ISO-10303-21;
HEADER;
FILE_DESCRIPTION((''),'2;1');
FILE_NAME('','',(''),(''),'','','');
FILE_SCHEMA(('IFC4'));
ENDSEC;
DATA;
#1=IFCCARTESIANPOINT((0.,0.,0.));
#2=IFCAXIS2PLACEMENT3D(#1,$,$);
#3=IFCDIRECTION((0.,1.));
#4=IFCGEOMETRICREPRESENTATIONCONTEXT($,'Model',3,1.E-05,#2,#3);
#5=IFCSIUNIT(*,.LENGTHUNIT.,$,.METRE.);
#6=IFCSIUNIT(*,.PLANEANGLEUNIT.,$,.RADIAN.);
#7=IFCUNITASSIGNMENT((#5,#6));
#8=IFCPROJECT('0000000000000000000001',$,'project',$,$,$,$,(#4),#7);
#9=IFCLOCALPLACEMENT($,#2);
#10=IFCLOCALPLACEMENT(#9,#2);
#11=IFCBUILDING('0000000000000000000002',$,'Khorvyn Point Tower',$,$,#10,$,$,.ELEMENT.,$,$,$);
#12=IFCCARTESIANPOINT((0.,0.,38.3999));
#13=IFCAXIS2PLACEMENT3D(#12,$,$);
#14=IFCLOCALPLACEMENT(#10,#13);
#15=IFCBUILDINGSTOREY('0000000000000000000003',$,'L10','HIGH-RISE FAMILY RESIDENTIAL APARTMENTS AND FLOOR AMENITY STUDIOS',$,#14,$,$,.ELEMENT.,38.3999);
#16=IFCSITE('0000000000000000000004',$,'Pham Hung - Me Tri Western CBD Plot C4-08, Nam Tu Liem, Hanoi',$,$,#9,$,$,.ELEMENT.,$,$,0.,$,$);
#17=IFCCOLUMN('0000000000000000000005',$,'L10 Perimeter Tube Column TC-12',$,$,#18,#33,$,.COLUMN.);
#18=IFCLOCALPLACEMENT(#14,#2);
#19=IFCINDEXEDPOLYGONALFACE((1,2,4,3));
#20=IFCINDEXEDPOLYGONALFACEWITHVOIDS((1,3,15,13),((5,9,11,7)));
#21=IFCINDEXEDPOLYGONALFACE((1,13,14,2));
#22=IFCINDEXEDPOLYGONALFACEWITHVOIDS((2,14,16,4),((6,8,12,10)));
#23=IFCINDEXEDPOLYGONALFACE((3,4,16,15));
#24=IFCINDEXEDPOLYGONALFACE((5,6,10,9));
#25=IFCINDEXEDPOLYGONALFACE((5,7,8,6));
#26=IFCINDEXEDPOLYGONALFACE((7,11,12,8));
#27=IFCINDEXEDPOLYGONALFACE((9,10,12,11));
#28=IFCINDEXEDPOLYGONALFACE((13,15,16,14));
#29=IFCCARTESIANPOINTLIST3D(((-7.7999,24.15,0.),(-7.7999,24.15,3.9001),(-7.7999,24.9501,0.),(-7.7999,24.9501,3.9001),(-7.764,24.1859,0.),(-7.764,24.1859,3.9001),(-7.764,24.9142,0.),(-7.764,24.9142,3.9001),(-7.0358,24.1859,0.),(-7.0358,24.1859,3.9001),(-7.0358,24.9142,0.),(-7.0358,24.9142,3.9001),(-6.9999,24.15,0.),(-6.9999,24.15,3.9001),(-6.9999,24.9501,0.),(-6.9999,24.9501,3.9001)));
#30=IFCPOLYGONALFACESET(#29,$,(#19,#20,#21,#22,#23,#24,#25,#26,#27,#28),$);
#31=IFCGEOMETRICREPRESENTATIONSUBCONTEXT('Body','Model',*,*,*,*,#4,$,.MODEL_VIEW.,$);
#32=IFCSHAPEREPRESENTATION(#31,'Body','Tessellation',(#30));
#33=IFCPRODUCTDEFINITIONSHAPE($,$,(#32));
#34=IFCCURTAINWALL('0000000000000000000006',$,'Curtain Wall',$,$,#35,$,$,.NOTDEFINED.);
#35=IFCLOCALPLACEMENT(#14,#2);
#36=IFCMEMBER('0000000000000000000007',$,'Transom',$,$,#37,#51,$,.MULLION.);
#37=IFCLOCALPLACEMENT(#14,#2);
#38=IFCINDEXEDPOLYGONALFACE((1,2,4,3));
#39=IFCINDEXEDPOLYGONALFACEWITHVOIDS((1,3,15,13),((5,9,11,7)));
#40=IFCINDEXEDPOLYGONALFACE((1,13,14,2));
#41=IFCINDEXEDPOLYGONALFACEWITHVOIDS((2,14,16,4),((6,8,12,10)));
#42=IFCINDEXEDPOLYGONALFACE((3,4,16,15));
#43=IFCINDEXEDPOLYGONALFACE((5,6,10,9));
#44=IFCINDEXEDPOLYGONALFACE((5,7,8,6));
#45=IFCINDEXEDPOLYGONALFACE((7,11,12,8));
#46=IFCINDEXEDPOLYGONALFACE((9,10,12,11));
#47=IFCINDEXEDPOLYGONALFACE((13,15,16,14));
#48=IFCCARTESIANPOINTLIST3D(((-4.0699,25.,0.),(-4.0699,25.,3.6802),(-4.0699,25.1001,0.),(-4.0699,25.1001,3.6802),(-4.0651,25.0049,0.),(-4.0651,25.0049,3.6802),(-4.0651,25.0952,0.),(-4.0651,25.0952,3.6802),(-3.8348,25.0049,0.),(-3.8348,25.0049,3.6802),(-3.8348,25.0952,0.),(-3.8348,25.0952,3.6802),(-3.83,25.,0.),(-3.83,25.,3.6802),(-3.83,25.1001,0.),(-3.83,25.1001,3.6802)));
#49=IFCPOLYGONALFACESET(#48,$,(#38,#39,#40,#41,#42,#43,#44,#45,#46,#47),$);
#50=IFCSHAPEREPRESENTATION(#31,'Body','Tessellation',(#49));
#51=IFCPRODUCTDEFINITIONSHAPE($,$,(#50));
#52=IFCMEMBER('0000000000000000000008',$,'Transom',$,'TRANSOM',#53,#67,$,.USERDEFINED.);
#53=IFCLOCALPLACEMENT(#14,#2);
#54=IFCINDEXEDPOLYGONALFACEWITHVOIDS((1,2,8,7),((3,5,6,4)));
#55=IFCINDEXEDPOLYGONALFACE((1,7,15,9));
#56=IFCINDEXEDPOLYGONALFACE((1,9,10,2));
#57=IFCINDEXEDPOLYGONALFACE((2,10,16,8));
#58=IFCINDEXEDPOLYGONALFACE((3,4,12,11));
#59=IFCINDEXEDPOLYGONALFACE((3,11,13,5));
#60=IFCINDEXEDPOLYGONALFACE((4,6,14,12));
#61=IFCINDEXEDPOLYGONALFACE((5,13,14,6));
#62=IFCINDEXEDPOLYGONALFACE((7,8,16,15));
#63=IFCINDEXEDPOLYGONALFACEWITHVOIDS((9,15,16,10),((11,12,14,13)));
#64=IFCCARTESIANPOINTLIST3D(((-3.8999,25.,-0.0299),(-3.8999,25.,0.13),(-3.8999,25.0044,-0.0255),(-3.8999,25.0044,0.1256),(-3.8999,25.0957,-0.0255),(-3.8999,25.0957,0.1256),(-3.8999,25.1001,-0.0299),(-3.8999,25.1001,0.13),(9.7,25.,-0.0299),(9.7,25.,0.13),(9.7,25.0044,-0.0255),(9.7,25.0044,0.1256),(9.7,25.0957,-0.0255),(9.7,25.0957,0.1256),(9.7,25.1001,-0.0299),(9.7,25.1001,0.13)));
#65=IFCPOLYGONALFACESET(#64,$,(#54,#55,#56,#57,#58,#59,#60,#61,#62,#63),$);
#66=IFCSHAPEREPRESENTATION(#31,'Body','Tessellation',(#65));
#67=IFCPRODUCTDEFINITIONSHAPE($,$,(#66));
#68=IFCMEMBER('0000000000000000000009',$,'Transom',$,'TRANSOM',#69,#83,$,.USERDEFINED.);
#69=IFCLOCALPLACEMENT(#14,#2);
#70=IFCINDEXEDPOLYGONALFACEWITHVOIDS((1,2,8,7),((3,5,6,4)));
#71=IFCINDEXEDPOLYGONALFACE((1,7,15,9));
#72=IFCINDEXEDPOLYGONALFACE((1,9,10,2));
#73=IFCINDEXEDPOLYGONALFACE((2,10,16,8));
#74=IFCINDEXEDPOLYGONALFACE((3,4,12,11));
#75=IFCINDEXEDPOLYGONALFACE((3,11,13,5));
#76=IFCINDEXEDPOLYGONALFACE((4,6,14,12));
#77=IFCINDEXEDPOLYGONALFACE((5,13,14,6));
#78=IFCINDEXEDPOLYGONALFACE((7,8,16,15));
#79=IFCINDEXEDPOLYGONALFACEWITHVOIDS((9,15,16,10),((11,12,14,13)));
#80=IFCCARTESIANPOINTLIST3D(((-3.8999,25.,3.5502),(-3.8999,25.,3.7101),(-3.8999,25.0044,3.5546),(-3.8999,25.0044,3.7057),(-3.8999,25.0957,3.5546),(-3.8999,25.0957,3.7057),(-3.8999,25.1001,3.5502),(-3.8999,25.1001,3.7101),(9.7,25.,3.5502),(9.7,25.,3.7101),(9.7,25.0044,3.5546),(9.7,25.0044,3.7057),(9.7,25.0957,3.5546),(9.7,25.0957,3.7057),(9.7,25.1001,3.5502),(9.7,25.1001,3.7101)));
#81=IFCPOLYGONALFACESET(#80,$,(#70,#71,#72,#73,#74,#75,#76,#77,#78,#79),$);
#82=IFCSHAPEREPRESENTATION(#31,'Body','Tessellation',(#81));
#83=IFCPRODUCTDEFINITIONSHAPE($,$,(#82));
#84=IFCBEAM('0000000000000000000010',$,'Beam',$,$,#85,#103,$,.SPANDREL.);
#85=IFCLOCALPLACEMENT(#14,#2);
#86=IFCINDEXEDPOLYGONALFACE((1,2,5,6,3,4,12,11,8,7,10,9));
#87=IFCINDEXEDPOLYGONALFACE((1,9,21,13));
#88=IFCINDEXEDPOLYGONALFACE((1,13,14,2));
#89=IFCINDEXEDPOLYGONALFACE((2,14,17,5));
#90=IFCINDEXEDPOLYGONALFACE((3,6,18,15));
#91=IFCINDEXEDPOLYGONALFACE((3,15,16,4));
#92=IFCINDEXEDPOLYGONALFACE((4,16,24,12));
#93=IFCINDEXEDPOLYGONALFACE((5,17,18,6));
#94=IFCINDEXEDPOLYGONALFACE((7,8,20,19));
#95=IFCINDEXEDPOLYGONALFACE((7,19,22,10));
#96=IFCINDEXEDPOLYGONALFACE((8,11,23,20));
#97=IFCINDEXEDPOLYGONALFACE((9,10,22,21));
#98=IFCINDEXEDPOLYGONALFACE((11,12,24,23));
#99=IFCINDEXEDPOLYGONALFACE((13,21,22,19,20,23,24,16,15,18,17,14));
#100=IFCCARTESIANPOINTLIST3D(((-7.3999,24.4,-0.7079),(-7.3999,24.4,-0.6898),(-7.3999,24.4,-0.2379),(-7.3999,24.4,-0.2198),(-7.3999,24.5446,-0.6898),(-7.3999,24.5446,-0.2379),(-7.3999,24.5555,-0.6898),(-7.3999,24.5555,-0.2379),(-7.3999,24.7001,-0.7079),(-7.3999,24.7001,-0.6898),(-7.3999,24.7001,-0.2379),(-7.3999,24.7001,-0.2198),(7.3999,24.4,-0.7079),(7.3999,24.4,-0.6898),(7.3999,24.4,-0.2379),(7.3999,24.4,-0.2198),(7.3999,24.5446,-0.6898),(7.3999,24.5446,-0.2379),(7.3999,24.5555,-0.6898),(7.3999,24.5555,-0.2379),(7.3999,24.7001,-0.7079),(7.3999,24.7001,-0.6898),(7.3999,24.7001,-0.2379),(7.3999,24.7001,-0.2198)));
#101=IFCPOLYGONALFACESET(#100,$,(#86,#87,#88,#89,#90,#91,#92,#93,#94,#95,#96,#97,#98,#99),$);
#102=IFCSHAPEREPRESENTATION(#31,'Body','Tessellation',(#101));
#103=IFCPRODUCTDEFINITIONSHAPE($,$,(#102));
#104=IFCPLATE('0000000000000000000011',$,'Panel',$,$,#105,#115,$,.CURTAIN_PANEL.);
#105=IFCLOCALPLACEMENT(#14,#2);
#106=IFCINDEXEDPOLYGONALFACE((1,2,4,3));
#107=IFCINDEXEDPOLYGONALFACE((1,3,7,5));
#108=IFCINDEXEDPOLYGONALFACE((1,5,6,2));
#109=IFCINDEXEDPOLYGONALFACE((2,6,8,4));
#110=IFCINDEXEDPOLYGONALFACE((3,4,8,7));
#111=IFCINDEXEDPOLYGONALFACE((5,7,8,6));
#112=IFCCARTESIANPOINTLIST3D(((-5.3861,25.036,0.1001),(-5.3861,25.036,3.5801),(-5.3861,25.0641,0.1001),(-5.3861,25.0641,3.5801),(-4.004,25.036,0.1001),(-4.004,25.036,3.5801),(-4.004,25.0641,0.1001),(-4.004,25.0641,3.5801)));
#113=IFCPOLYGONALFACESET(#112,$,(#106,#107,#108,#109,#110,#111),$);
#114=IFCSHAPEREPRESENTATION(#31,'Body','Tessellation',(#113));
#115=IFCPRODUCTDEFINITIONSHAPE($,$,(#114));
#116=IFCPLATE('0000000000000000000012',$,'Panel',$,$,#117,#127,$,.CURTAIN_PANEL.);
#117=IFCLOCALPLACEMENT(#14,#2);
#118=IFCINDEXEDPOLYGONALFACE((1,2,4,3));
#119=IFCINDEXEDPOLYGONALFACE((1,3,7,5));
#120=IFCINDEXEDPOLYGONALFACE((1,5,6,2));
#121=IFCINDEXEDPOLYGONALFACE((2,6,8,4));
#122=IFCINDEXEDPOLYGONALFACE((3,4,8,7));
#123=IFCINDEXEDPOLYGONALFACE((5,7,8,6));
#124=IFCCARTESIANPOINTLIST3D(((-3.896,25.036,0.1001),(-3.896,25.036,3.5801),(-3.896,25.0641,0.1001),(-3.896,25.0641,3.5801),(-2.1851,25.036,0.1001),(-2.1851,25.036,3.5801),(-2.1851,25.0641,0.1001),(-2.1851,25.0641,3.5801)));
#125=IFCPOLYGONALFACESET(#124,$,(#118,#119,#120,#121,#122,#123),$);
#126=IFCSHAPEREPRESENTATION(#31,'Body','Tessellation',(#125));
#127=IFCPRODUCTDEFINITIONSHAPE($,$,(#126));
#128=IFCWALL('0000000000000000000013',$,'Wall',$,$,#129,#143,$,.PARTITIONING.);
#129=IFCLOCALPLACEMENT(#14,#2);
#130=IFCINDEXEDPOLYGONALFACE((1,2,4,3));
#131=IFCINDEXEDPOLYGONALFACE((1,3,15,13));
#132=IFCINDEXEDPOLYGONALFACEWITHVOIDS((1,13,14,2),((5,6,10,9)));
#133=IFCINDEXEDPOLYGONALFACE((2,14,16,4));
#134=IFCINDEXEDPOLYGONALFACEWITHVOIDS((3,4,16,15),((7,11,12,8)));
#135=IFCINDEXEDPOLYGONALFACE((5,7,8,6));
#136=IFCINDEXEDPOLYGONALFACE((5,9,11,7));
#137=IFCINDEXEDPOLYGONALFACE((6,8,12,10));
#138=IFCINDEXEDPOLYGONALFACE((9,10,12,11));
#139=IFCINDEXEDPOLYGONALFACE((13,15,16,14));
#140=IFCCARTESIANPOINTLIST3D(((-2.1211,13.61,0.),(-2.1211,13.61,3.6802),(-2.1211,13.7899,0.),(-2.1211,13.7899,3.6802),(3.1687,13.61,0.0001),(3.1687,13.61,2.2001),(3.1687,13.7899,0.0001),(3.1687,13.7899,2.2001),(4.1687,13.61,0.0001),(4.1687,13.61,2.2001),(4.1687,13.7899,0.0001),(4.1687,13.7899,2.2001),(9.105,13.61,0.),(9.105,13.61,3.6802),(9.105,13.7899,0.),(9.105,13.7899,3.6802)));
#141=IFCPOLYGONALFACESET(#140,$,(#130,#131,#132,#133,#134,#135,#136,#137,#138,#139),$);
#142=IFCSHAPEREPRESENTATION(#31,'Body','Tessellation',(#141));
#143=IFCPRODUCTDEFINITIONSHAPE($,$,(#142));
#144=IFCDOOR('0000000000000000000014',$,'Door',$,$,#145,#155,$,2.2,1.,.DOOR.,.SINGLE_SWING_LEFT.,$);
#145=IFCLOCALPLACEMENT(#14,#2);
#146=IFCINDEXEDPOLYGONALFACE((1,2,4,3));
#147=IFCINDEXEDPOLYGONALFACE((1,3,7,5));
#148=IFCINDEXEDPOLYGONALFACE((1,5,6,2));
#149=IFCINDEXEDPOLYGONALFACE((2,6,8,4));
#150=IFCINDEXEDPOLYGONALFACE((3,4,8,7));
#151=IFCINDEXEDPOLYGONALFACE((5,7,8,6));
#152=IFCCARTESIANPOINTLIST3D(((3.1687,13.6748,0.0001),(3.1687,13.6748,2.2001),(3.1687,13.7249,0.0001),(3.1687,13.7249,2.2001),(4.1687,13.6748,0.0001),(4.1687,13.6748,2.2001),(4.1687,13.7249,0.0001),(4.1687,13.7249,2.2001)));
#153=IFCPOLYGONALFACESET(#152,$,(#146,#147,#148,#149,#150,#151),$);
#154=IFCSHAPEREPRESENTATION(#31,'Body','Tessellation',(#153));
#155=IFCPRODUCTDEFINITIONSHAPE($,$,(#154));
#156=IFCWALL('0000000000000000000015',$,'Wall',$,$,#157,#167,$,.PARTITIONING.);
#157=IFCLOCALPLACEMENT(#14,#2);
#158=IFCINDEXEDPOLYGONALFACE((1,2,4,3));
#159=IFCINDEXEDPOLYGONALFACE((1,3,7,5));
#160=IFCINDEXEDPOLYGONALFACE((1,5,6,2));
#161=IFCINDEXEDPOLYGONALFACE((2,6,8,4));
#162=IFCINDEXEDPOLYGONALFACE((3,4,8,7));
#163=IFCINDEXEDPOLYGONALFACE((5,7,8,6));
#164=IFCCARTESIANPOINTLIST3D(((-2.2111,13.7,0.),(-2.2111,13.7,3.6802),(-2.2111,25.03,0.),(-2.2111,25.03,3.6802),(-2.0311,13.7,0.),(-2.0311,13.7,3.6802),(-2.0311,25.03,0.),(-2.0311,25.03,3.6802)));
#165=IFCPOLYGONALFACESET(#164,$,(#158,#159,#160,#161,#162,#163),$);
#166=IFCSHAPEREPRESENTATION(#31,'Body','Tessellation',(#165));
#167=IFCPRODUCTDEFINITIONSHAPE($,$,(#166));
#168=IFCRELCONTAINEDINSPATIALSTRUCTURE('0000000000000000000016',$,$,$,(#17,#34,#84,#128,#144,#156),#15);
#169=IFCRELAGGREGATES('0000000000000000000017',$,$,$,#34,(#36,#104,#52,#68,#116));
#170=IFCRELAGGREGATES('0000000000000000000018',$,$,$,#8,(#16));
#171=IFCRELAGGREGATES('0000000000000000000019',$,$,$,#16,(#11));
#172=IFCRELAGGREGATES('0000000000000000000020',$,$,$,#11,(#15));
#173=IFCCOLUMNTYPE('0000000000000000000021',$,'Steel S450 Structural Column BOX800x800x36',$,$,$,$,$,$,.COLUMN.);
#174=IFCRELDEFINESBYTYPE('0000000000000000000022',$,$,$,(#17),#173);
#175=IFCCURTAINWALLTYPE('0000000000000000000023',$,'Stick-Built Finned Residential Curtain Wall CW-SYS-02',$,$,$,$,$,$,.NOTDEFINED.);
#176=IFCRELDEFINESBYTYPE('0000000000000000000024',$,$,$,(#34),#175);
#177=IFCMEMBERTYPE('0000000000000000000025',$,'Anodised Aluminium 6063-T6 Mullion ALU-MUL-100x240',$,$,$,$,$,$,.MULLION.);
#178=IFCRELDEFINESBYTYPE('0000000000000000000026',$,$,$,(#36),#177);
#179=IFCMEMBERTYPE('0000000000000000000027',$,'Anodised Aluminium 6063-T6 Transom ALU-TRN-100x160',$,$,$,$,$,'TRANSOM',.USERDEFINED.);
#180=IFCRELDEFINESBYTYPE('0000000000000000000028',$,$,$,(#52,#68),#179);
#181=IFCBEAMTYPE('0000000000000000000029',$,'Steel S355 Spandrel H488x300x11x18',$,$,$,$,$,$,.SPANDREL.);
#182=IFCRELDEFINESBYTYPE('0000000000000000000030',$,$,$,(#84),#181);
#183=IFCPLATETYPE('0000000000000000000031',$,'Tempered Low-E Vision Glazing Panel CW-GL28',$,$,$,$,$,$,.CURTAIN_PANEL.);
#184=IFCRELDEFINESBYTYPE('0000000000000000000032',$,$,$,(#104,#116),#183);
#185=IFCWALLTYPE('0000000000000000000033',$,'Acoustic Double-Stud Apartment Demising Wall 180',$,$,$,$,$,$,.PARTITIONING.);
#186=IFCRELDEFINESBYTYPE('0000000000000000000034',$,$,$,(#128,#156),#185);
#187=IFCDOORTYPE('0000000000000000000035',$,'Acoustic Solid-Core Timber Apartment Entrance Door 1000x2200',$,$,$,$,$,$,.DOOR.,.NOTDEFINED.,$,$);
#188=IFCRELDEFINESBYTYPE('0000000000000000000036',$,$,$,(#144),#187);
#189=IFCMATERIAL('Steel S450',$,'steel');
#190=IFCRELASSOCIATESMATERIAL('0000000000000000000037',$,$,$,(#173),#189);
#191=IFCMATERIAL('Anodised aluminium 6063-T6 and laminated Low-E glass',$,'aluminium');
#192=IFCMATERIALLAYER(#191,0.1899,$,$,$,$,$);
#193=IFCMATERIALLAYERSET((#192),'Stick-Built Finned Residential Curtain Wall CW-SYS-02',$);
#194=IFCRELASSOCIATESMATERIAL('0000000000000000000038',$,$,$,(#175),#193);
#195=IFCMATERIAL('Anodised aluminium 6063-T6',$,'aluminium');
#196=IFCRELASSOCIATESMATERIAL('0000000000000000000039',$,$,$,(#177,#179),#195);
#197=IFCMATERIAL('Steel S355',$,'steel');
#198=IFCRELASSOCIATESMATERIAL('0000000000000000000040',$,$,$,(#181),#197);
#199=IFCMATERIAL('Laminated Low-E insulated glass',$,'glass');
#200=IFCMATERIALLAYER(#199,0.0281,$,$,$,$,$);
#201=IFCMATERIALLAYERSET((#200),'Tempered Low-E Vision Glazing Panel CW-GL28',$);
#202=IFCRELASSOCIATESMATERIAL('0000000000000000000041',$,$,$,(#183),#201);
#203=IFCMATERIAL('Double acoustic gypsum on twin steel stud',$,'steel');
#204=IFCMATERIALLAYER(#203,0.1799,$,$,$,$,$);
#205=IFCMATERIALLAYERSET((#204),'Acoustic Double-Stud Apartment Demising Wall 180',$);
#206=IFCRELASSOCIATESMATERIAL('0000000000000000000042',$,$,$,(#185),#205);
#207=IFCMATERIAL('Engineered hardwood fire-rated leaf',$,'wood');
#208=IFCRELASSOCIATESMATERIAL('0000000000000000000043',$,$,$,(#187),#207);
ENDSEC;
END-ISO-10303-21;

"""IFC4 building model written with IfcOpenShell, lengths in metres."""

from ifc_helpers import new_model, si_unit, direction, frame, frame_2d, origin, origin_2d, place, context, subcontext, project, spatial, rectangle, hollow_rectangle, i_section, extrude, material, layer, layer_set, material_profile, profile_set, type_object, element, fill, aggregate, save


model = new_model("IFC4")

# Units and contexts
model_context = context("Model", 3, precision=1e-05, world=origin(), true_north=direction((0.0, 1.0)))
body_context = subcontext(model_context, "Body", "Model", "MODEL_VIEW")
ifc_project = project(units=[si_unit("LENGTHUNIT", "METRE"), si_unit("PLANEANGLEUNIT", "RADIAN")], contexts=[model_context])

# Site, building, storey
site_placement = place(None, origin())
site = spatial("IfcSite", under=ifc_project, at=site_placement, Name="Pham Hung - Me Tri Western CBD Plot C4-08, Nam Tu Liem, Hanoi", CompositionType="ELEMENT", RefElevation=0.0)
building_placement = place(site_placement, origin())
building = spatial("IfcBuilding", under=site, at=building_placement, Name="Khorvyn Point Tower", CompositionType="ELEMENT")
storey_placement = place(building_placement, frame((0.0, 0.0, 38.3999)))
storey = spatial("IfcBuildingStorey", under=building, at=storey_placement, Name="L10", Description="HIGH-RISE FAMILY RESIDENTIAL APARTMENTS AND FLOOR AMENITY STUDIOS", CompositionType="ELEMENT", Elevation=38.3999)

# Column
ifc_material_1 = material(Name="Steel S450", Category="steel")
ifc_material_profile_1 = material_profile(ifc_material_1, hollow_rectangle(XDim=0.8, YDim=0.8, WallThickness=0.0359, at=origin_2d()))
ifc_profile_set_1 = profile_set([ifc_material_profile_1], Name="Steel S450 BOX800x800x36")
column_type = type_object("IfcColumnType", Name="Steel S450 Structural Column BOX800x800x36", PredefinedType="COLUMN", material=ifc_profile_set_1)
column_placement = place(storey_placement, frame((-7.3999, 24.55, 0.0), z_axis=(0.0, 0.0, 1.0), x_axis=(1.0, 0.0, 0.0)))
element("IfcColumn", 1, at=column_placement, inside=storey, type_object=column_type, Name="L10 Perimeter Tube Column TC-12", PredefinedType="COLUMN", context=body_context, shape_type="SweptSolid", body=[
    extrude(hollow_rectangle(XDim=0.8, YDim=0.8, WallThickness=0.0359, at=origin_2d()), origin(), (0.0, 0.0, 1.0), 3.9001),
])

# Curtain wall, members
ifc_material_2 = material(Name="Anodised aluminium 6063-T6 and laminated Low-E glass", Category="aluminium")
ifc_layer_1 = layer(ifc_material_2, 0.1899)
ifc_layer_set_1 = layer_set([ifc_layer_1], Name="Stick-Built Finned Residential Curtain Wall CW-SYS-02")
curtain_wall_type = type_object("IfcCurtainWallType", Name="Stick-Built Finned Residential Curtain Wall CW-SYS-02", PredefinedType="NOTDEFINED", material=ifc_layer_set_1)
curtain_wall_placement = place(storey_placement, origin())
curtain_wall = element("IfcCurtainWall", 2, at=curtain_wall_placement, inside=storey, type_object=curtain_wall_type, Name="Curtain Wall", PredefinedType="NOTDEFINED")
ifc_material_3 = material(Name="Anodised aluminium 6063-T6", Category="aluminium")
ifc_material_profile_2 = material_profile(ifc_material_3, hollow_rectangle(XDim=0.1001, YDim=0.24, WallThickness=0.0049, at=origin_2d()))
ifc_profile_set_2 = profile_set([ifc_material_profile_2], Name="Anodised aluminium 6063-T6 ALU-MUL-100x240")
member_type_1 = type_object("IfcMemberType", Name="Anodised Aluminium 6063-T6 Mullion ALU-MUL-100x240", PredefinedType="MULLION", material=ifc_profile_set_2)
member_1_placement = place(storey_placement, frame((-3.95, 25.05, 0.0), z_axis=(0.0, 0.0, 1.0), x_axis=(0.0, 1.0, 0.0)))
member_1 = element("IfcMember", 3, at=member_1_placement, type_object=member_type_1, Name="Transom", PredefinedType="MULLION", context=body_context, shape_type="SweptSolid", body=[
    extrude(hollow_rectangle(XDim=0.1001, YDim=0.24, WallThickness=0.0049, at=origin_2d()), origin(), (0.0, 0.0, 1.0), 3.6802),
])
ifc_material_profile_3 = material_profile(ifc_material_3, hollow_rectangle(XDim=0.1001, YDim=0.1599, WallThickness=0.0044, at=origin_2d()))
ifc_profile_set_3 = profile_set([ifc_material_profile_3], Name="Anodised aluminium 6063-T6 ALU-TRN-100x160")
member_type_2 = type_object("IfcMemberType", Name="Anodised Aluminium 6063-T6 Transom ALU-TRN-100x160", ElementType="TRANSOM", PredefinedType="USERDEFINED", material=ifc_profile_set_3)
member_2_placement = place(storey_placement, frame((-3.8999, 25.05, 0.05), z_axis=(1.0, 0.0, 0.0), x_axis=(0.0, 1.0, 0.0)))
member_2 = element("IfcMember", 4, at=member_2_placement, type_object=member_type_2, Name="Transom", ObjectType="TRANSOM", PredefinedType="USERDEFINED", context=body_context, shape_type="SweptSolid", body=[
    extrude(hollow_rectangle(XDim=0.1001, YDim=0.1599, WallThickness=0.0044, at=origin_2d()), origin(), (0.0, 0.0, 1.0), 13.5999),
])
member_3_placement = place(storey_placement, frame((-3.8999, 25.05, 3.6301), z_axis=(1.0, 0.0, 0.0), x_axis=(0.0, 1.0, 0.0)))
member_3 = element("IfcMember", 5, at=member_3_placement, type_object=member_type_2, Name="Transom", ObjectType="TRANSOM", PredefinedType="USERDEFINED", context=body_context, shape_type="SweptSolid", body=[
    extrude(hollow_rectangle(XDim=0.1001, YDim=0.1599, WallThickness=0.0044, at=origin_2d()), origin(), (0.0, 0.0, 1.0), 13.5999),
])

# Beam
ifc_material_4 = material(Name="Steel S355", Category="steel")
ifc_material_profile_4 = material_profile(ifc_material_4, i_section(OverallWidth=0.3, OverallDepth=0.488, WebThickness=0.011, FlangeThickness=0.0181, at=origin_2d()))
ifc_profile_set_4 = profile_set([ifc_material_profile_4], Name="Steel S355 H488x300x11x18")
beam_type = type_object("IfcBeamType", Name="Steel S355 Spandrel H488x300x11x18", PredefinedType="SPANDREL", material=ifc_profile_set_4)
beam_placement = place(storey_placement, frame((-7.3999, 24.55, -0.4639), z_axis=(1.0, 0.0, 0.0), x_axis=(0.0, 1.0, 0.0)))
element("IfcBeam", 6, at=beam_placement, inside=storey, type_object=beam_type, Name="Beam", PredefinedType="SPANDREL", context=body_context, shape_type="SweptSolid", body=[
    extrude(i_section(OverallWidth=0.3, OverallDepth=0.488, WebThickness=0.011, FlangeThickness=0.0181, at=origin_2d()), origin(), (0.0, 0.0, 1.0), 14.7998),
])

# Plates
ifc_material_5 = material(Name="Laminated Low-E insulated glass", Category="glass")
ifc_layer_2 = layer(ifc_material_5, 0.0281)
ifc_layer_set_2 = layer_set([ifc_layer_2], Name="Tempered Low-E Vision Glazing Panel CW-GL28")
plate_type = type_object("IfcPlateType", Name="Tempered Low-E Vision Glazing Panel CW-GL28", PredefinedType="CURTAIN_PANEL", material=ifc_layer_set_2)
plate_1_placement = place(storey_placement, frame((-4.6951, 25.05, 0.1001), z_axis=(0.0, 0.0, 1.0), x_axis=(1.0, 0.0, 0.0)))
plate_1 = element("IfcPlate", 7, at=plate_1_placement, type_object=plate_type, Name="Panel", PredefinedType="CURTAIN_PANEL", context=body_context, shape_type="SweptSolid", body=[
    extrude(rectangle(XDim=1.3821, YDim=0.0281, at=origin_2d()), origin(), (0.0, 0.0, 1.0), 3.48),
])
plate_2_placement = place(storey_placement, frame((-3.0405, 25.05, 0.1001), z_axis=(0.0, 0.0, 1.0), x_axis=(1.0, 0.0, 0.0)))
plate_2 = element("IfcPlate", 8, at=plate_2_placement, type_object=plate_type, Name="Panel", PredefinedType="CURTAIN_PANEL", context=body_context, shape_type="SweptSolid", body=[
    extrude(rectangle(XDim=1.7109, YDim=0.0281, at=origin_2d()), origin(), (0.0, 0.0, 1.0), 3.48),
])
aggregate(curtain_wall, [member_1, plate_1, member_2, member_3, plate_2])

# Wall, opening, door
ifc_material_6 = material(Name="Double acoustic gypsum on twin steel stud", Category="steel")
ifc_layer_3 = layer(ifc_material_6, 0.1799)
ifc_layer_set_3 = layer_set([ifc_layer_3], Name="Acoustic Double-Stud Apartment Demising Wall 180")
wall_type_1 = type_object("IfcWallType", Name="Acoustic Double-Stud Apartment Demising Wall 180", PredefinedType="PARTITIONING", material=ifc_layer_set_3)
wall_1_placement = place(storey_placement, frame((-2.1211, 13.7, 0.0), z_axis=(0.0, 0.0, 1.0), x_axis=(1.0, 0.0, 0.0)))
wall_1 = element("IfcWall", 9, at=wall_1_placement, inside=storey, type_object=wall_type_1, Name="Wall", PredefinedType="PARTITIONING", context=body_context, shape_type="SweptSolid", body=[
    extrude(rectangle(XDim=11.2261, YDim=0.1799, at=frame_2d((5.613, 0.0))), origin(), (0.0, 0.0, 1.0), 3.6802),
])
opening_1_placement = place(wall_1_placement, frame((5.2898, 0.0, 0.0)))
opening_1 = element("IfcOpeningElement", 10, at=opening_1_placement, cuts=wall_1, PredefinedType="OPENING", context=body_context, shape_type="SweptSolid", body=[
    extrude(rectangle(XDim=1.0, YDim=2.2, at=frame_2d((0.5, 1.1001))), frame((0.0, 0.0999, 0.0), z_axis=(0.0, -1.0, 0.0), x_axis=(1.0, 0.0, 0.0)), (0.0, 0.0, 1.0), 0.2),
])
ifc_material_7 = material(Name="Engineered hardwood fire-rated leaf", Category="wood")
door_type_1 = type_object("IfcDoorType", Name="Acoustic Solid-Core Timber Apartment Entrance Door 1000x2200", OperationType="NOTDEFINED", PredefinedType="DOOR", material=ifc_material_7)
door_1_placement = place(opening_1_placement, origin())
door_1 = element("IfcDoor", 11, at=door_1_placement, inside=storey, type_object=door_type_1, Name="Door", OperationType="SINGLE_SWING_LEFT", OverallHeight=2.2, OverallWidth=1.0, PredefinedType="DOOR", context=body_context, shape_type="SweptSolid", body=[
    extrude(rectangle(XDim=1.0, YDim=2.2, at=frame_2d((0.5, 1.1001))), frame((0.0, 0.0249, 0.0), z_axis=(0.0, -1.0, 0.0), x_axis=(1.0, 0.0, 0.0)), (0.0, 0.0, 1.0), 0.05),
])
fill(opening_1, door_1)

# Wall
wall_2_placement = place(storey_placement, frame((-2.1211, 13.7, 0.0), z_axis=(0.0, 0.0, 1.0), x_axis=(0.0, 1.0, 0.0)))
element("IfcWall", 12, at=wall_2_placement, inside=storey, type_object=wall_type_1, Name="Wall", PredefinedType="PARTITIONING", context=body_context, shape_type="SweptSolid", body=[
    extrude(rectangle(XDim=11.3301, YDim=0.1799, at=frame_2d((5.665, 0.0))), origin(), (0.0, 0.0, 1.0), 3.6802),
])

save(model, "model.ifc")
